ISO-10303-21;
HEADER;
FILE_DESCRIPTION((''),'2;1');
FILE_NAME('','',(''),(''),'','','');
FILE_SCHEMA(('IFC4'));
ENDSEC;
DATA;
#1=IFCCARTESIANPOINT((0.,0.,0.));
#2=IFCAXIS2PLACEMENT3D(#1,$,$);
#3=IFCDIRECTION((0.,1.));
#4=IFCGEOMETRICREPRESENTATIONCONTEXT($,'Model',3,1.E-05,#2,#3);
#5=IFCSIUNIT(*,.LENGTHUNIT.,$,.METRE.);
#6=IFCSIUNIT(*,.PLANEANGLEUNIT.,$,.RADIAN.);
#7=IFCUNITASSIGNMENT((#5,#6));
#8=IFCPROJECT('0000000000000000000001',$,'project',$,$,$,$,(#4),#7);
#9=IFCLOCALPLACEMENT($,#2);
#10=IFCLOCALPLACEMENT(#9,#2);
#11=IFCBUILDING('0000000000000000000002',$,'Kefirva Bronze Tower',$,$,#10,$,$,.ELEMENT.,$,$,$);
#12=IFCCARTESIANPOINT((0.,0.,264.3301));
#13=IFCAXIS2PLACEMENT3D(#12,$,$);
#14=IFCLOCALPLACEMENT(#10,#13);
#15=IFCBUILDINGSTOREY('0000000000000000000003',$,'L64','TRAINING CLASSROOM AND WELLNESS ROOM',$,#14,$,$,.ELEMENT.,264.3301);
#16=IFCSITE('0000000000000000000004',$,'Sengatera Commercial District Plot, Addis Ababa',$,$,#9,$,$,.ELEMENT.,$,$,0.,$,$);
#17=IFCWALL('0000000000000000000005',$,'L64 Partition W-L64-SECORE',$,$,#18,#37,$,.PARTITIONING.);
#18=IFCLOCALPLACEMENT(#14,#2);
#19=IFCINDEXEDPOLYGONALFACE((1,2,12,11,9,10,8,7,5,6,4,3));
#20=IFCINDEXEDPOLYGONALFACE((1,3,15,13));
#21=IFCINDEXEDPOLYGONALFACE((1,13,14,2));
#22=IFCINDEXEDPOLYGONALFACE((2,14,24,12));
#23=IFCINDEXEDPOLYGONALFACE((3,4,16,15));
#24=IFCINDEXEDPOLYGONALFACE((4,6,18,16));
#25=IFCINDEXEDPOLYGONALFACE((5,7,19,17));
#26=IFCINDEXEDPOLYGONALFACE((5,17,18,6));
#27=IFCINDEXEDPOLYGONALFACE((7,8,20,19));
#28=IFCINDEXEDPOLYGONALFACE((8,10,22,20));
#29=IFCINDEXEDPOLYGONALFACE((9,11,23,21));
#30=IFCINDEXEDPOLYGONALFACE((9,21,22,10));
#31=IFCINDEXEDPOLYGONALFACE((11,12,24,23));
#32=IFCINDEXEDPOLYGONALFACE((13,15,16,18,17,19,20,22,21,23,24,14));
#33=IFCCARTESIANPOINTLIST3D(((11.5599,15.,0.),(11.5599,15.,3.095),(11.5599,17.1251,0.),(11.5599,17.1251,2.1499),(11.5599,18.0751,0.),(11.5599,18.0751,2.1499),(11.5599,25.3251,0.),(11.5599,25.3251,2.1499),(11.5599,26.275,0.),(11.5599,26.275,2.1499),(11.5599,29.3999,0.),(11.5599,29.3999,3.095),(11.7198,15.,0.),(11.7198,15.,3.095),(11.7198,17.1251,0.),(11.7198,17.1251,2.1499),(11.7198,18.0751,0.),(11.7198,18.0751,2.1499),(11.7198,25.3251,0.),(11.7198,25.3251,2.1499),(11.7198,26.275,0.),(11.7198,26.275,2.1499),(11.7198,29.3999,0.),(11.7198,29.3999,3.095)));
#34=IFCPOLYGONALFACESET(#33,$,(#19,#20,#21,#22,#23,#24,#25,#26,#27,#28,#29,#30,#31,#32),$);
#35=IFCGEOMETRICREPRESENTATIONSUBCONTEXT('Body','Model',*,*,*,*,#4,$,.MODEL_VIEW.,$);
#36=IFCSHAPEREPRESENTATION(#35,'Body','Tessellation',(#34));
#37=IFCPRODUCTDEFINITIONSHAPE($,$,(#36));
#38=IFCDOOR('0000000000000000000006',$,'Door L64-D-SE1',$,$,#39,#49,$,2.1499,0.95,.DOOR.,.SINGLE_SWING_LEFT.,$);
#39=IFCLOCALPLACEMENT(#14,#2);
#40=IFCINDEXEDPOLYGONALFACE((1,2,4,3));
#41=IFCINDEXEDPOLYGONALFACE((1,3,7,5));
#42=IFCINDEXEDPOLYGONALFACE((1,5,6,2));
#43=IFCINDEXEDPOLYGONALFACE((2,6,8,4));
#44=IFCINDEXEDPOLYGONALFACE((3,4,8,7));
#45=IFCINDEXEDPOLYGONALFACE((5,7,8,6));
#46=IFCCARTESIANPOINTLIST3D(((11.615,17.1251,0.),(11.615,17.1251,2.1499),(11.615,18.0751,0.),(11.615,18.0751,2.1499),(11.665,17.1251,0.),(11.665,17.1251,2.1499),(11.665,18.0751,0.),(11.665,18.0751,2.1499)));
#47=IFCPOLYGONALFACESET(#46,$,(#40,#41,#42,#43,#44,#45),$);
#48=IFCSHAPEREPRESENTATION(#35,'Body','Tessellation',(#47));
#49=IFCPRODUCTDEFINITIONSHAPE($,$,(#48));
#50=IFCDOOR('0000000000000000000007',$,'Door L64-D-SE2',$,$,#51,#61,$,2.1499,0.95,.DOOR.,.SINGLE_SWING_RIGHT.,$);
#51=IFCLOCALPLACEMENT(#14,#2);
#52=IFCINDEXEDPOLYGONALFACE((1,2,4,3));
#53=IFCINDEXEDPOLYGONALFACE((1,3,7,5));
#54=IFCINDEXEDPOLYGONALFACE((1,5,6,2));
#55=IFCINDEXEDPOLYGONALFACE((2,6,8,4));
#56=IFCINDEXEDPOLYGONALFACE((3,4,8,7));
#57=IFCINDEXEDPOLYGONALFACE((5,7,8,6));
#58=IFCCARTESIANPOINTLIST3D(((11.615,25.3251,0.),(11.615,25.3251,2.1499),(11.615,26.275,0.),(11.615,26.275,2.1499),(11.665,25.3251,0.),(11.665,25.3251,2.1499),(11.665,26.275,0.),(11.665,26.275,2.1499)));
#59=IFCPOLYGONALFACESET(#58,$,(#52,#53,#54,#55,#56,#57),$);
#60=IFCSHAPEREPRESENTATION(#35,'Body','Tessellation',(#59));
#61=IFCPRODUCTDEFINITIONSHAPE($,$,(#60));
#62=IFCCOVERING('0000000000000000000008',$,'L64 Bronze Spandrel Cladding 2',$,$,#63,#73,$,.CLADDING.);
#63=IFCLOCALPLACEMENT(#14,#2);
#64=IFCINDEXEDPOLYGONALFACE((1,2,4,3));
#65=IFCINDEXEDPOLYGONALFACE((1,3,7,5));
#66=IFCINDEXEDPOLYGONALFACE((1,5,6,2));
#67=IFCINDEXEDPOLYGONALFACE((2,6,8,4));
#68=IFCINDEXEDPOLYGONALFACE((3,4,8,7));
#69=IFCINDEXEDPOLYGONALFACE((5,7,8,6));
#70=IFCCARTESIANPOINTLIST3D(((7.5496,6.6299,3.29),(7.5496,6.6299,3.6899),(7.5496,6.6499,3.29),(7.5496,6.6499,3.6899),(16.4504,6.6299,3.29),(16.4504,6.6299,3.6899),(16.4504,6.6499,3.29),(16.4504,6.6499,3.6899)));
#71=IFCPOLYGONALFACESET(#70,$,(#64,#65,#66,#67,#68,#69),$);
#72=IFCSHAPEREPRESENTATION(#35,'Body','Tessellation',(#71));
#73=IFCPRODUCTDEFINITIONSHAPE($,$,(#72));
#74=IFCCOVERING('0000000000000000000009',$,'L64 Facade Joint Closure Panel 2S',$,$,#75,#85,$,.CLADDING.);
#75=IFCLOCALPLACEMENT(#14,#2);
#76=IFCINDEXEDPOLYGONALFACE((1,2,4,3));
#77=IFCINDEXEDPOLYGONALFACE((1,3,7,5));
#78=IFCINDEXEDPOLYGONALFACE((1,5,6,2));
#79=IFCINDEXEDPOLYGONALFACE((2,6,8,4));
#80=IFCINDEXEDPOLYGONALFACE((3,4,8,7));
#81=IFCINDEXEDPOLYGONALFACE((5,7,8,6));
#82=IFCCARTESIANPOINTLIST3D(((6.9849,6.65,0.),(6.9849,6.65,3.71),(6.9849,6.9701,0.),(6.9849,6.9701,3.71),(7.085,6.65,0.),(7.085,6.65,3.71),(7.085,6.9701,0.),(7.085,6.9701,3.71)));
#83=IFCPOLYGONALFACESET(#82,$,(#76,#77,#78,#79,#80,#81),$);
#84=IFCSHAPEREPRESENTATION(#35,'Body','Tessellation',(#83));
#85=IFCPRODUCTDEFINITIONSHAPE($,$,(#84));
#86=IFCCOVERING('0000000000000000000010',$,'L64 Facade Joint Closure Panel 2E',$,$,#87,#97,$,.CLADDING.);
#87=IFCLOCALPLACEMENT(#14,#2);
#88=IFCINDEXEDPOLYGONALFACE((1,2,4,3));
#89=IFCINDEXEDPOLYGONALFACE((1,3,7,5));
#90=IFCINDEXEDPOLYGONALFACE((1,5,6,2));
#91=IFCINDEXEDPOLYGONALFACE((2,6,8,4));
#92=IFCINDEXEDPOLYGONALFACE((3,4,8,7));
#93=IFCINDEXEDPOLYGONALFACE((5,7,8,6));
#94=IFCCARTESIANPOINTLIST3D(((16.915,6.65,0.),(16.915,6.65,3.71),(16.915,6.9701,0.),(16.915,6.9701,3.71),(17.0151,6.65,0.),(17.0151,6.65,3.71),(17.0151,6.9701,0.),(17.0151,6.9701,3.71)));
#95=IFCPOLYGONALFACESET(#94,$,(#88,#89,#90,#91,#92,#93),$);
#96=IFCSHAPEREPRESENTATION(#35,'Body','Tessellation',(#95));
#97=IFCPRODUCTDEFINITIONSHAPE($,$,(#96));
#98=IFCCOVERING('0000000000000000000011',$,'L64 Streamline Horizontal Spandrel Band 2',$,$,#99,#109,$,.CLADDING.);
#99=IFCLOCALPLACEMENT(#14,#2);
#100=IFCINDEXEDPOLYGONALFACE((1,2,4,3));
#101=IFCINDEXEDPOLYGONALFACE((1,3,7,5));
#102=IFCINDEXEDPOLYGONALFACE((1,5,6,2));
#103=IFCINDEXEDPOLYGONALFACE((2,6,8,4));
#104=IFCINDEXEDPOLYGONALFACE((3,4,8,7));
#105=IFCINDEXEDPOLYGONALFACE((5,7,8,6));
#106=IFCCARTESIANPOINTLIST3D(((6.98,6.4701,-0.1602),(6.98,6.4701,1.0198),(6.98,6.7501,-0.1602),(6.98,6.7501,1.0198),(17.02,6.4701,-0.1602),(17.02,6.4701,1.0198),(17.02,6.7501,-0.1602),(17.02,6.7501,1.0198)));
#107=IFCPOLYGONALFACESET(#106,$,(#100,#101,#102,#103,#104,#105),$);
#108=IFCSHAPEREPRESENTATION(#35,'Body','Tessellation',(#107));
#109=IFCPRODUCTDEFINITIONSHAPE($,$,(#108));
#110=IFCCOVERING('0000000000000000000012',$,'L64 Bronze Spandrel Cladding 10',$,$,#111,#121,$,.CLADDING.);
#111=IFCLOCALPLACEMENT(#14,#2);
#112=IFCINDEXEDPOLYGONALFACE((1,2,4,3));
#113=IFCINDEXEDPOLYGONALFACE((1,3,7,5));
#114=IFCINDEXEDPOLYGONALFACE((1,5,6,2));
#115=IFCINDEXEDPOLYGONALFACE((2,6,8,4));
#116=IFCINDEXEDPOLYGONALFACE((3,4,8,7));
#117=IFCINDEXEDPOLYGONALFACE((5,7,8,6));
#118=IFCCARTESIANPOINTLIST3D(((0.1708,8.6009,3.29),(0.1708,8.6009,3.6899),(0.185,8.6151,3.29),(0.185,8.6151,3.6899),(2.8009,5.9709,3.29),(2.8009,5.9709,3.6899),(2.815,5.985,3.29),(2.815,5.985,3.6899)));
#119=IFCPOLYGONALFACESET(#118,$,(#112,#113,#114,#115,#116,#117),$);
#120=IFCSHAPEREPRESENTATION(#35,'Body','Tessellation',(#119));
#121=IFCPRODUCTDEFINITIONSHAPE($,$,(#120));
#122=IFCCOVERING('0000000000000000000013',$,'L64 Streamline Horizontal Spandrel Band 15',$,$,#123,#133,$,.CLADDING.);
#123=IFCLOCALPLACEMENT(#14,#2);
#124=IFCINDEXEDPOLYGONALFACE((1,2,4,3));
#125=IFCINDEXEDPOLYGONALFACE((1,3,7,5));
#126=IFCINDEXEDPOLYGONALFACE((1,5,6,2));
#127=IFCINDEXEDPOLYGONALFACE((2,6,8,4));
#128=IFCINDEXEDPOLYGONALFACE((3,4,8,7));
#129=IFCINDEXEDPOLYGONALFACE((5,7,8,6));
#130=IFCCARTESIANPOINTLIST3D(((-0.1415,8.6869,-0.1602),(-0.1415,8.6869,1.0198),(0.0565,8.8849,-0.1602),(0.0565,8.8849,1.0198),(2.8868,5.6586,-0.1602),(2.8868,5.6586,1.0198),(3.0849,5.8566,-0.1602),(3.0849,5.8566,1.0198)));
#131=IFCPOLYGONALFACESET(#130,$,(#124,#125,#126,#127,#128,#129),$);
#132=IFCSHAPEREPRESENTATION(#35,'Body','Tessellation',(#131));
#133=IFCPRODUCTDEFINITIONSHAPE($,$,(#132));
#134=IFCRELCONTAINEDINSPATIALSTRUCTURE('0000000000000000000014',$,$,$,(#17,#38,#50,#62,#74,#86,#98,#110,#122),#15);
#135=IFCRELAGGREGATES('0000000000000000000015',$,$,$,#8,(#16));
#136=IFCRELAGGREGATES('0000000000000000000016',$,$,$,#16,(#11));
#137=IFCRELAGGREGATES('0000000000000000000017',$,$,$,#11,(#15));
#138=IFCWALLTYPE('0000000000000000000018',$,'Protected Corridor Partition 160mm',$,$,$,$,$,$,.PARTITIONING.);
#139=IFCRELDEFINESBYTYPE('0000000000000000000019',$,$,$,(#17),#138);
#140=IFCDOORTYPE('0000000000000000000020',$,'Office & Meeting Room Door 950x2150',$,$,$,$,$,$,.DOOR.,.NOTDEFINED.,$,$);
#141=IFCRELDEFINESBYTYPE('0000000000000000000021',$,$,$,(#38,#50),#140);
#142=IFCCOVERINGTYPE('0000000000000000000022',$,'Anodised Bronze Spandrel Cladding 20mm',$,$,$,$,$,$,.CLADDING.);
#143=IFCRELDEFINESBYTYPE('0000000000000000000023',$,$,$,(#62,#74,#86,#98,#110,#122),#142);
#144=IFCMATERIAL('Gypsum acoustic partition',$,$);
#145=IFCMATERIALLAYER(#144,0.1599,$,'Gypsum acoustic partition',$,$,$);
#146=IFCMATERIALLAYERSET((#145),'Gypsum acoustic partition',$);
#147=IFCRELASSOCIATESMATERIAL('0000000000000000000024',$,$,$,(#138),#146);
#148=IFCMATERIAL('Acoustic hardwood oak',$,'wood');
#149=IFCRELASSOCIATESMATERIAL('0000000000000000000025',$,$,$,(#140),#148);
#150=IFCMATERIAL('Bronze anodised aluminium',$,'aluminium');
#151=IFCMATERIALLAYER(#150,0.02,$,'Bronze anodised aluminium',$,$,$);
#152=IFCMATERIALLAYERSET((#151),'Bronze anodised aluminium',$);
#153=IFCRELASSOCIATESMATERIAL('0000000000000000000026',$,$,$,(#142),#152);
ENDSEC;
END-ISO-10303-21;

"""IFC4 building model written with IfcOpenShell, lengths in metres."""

from ifc_helpers import new_model, si_unit, direction, frame, frame_2d, origin, origin_2d, place, context, subcontext, project, spatial, rectangle, extrude, material, layer, layer_set, type_object, element, fill, save


model = new_model("IFC4")

# Units and contexts
model_context = context("Model", 3, precision=1e-05, world=origin(), true_north=direction((0.0, 1.0)))
body_context = subcontext(model_context, "Body", "Model", "MODEL_VIEW")
ifc_project = project(units=[si_unit("LENGTHUNIT", "METRE"), si_unit("PLANEANGLEUNIT", "RADIAN")], contexts=[model_context])

# Site, building, storey
site_placement = place(None, origin())
site = spatial("IfcSite", under=ifc_project, at=site_placement, Name="Sengatera Commercial District Plot, Addis Ababa", CompositionType="ELEMENT", RefElevation=0.0)
building_placement = place(site_placement, origin())
building = spatial("IfcBuilding", under=site, at=building_placement, Name="Kefirva Bronze Tower", CompositionType="ELEMENT")
storey_placement = place(building_placement, frame((0.0, 0.0, 264.3301)))
storey = spatial("IfcBuildingStorey", under=building, at=storey_placement, Name="L64", Description="TRAINING CLASSROOM AND WELLNESS ROOM", CompositionType="ELEMENT", Elevation=264.3301)

# Shared definitions
ifc_material_1 = material(Name="Gypsum acoustic partition")

# Wall, openings, doors
ifc_layer_1 = layer(ifc_material_1, 0.1599, Name="Gypsum acoustic partition")
ifc_layer_set_1 = layer_set([ifc_layer_1], Name="Gypsum acoustic partition")
wall_type_1 = type_object("IfcWallType", Name="Protected Corridor Partition 160mm", PredefinedType="PARTITIONING", material=ifc_layer_set_1)
ifc_material_2 = material(Name="Acoustic hardwood oak", Category="wood")
door_type = type_object("IfcDoorType", Name="Office & Meeting Room Door 950x2150", OperationType="NOTDEFINED", PredefinedType="DOOR", material=ifc_material_2)
wall_1_placement = place(storey_placement, frame((11.6399, 15.0, 0.0), z_axis=(0.0, 0.0, 1.0), x_axis=(0.0, 1.0, 0.0)))
wall_1 = element("IfcWall", 1, at=wall_1_placement, inside=storey, type_object=wall_type_1, Name="L64 Partition W-L64-SECORE", PredefinedType="PARTITIONING", context=body_context, shape_type="SweptSolid", body=[
    extrude(rectangle(XDim=14.3999, YDim=0.1599, at=frame_2d((7.2, 0.0))), origin(), (0.0, 0.0, 1.0), 3.095),
])
opening_1_placement = place(wall_1_placement, frame((2.125, 0.0, 0.0)))
opening_1 = element("IfcOpeningElement", 2, at=opening_1_placement, cuts=wall_1, PredefinedType="OPENING", context=body_context, shape_type="SweptSolid", body=[
    extrude(rectangle(XDim=0.95, YDim=2.1499, at=frame_2d((0.4751, 1.075))), frame((0.0, 0.0898, 0.0), z_axis=(0.0, -1.0, 0.0), x_axis=(1.0, 0.0, 0.0)), (0.0, 0.0, 1.0), 0.1799),
])
opening_2_placement = place(wall_1_placement, frame((10.325, 0.0, 0.0)))
opening_2 = element("IfcOpeningElement", 3, at=opening_2_placement, cuts=wall_1, PredefinedType="OPENING", context=body_context, shape_type="SweptSolid", body=[
    extrude(rectangle(XDim=0.95, YDim=2.1499, at=frame_2d((0.4751, 1.075))), frame((0.0, 0.0898, 0.0), z_axis=(0.0, -1.0, 0.0), x_axis=(1.0, 0.0, 0.0)), (0.0, 0.0, 1.0), 0.1799),
])
door_1_placement = place(opening_1_placement, origin())
door_1 = element("IfcDoor", 4, at=door_1_placement, inside=storey, type_object=door_type, Name="Door L64-D-SE1", OperationType="SINGLE_SWING_LEFT", OverallHeight=2.1499, OverallWidth=0.95, PredefinedType="DOOR", context=body_context, shape_type="SweptSolid", body=[
    extrude(rectangle(XDim=0.95, YDim=2.1499, at=frame_2d((0.4751, 1.075))), frame((0.0, 0.0249, 0.0), z_axis=(0.0, -1.0, 0.0), x_axis=(1.0, 0.0, 0.0)), (0.0, 0.0, 1.0), 0.05),
])
fill(opening_1, door_1)
door_2_placement = place(opening_2_placement, origin())
door_2 = element("IfcDoor", 5, at=door_2_placement, inside=storey, type_object=door_type, Name="Door L64-D-SE2", OperationType="SINGLE_SWING_RIGHT", OverallHeight=2.1499, OverallWidth=0.95, PredefinedType="DOOR", context=body_context, shape_type="SweptSolid", body=[
    extrude(rectangle(XDim=0.95, YDim=2.1499, at=frame_2d((0.4751, 1.075))), frame((0.0, 0.0249, 0.0), z_axis=(0.0, -1.0, 0.0), x_axis=(1.0, 0.0, 0.0)), (0.0, 0.0, 1.0), 0.05),
])
fill(opening_2, door_2)

# Coverings
ifc_material_3 = material(Name="Bronze anodised aluminium", Category="aluminium")
ifc_layer_2 = layer(ifc_material_3, 0.02, Name="Bronze anodised aluminium")
ifc_layer_set_2 = layer_set([ifc_layer_2], Name="Bronze anodised aluminium")
covering_type_1 = type_object("IfcCoveringType", Name="Anodised Bronze Spandrel Cladding 20mm", PredefinedType="CLADDING", material=ifc_layer_set_2)
covering_1_placement = place(storey_placement, frame((12.0, 6.6399, 3.29), z_axis=(0.0, 0.0, 1.0), x_axis=(1.0, 0.0, 0.0)))
element("IfcCovering", 6, at=covering_1_placement, inside=storey, type_object=covering_type_1, Name="L64 Bronze Spandrel Cladding 2", PredefinedType="CLADDING", context=body_context, shape_type="SweptSolid", body=[
    extrude(rectangle(XDim=8.9009, YDim=0.02, at=origin_2d()), origin(), (0.0, 0.0, 1.0), 0.3999),
])
for number, where, z_axis, x_axis, name in (
    (7, (7.0349, 6.8101, 0.0), (0.0, 0.0, 1.0), (1.0, 0.0, 0.0), "L64 Facade Joint Closure Panel 2S"),
    (8, (16.9651, 6.8101, 0.0), (0.0, 0.0, 1.0), (1.0, 0.0, 0.0), "L64 Facade Joint Closure Panel 2E"),
):
    element("IfcCovering", number, at=place(storey_placement, frame(where, z_axis=z_axis, x_axis=x_axis)), inside=storey, type_object=covering_type_1, Name=name, PredefinedType="CLADDING", context=body_context, shape_type="SweptSolid", body=[
        extrude(rectangle(XDim=0.1001, YDim=0.3201, at=origin_2d()), origin(), (0.0, 0.0, 1.0), 3.71),
    ])
covering_2_placement = place(storey_placement, frame((12.0, 6.6101, -0.1602), z_axis=(0.0, 0.0, 1.0), x_axis=(1.0, 0.0, 0.0)))
element("IfcCovering", 9, at=covering_2_placement, inside=storey, type_object=covering_type_1, Name="L64 Streamline Horizontal Spandrel Band 2", PredefinedType="CLADDING", context=body_context, shape_type="SweptSolid", body=[
    extrude(rectangle(XDim=10.04, YDim=0.28, at=origin_2d()), origin(), (0.0, 0.0, 1.0), 1.1799),
])
covering_3_placement = place(storey_placement, frame((1.4929, 7.293, 3.29), z_axis=(0.0, 0.0, 1.0), x_axis=(0.707107, -0.707107, 0.0)))
element("IfcCovering", 10, at=covering_3_placement, inside=storey, type_object=covering_type_1, Name="L64 Bronze Spandrel Cladding 10", PredefinedType="CLADDING", context=body_context, shape_type="SweptSolid", body=[
    extrude(rectangle(XDim=3.7195, YDim=0.02, at=origin_2d()), origin(), (0.0, 0.0, 1.0), 0.3999),
])
covering_4_placement = place(storey_placement, frame((1.4717, 7.2717, -0.1602), z_axis=(0.0, 0.0, 1.0), x_axis=(0.707107, -0.707107, 0.0)))
element("IfcCovering", 11, at=covering_4_placement, inside=storey, type_object=covering_type_1, Name="L64 Streamline Horizontal Spandrel Band 15", PredefinedType="CLADDING", context=body_context, shape_type="SweptSolid", body=[
    extrude(rectangle(XDim=4.2827, YDim=0.28, at=origin_2d()), origin(), (0.0, 0.0, 1.0), 1.1799),
])

save(model, "model.ifc")
